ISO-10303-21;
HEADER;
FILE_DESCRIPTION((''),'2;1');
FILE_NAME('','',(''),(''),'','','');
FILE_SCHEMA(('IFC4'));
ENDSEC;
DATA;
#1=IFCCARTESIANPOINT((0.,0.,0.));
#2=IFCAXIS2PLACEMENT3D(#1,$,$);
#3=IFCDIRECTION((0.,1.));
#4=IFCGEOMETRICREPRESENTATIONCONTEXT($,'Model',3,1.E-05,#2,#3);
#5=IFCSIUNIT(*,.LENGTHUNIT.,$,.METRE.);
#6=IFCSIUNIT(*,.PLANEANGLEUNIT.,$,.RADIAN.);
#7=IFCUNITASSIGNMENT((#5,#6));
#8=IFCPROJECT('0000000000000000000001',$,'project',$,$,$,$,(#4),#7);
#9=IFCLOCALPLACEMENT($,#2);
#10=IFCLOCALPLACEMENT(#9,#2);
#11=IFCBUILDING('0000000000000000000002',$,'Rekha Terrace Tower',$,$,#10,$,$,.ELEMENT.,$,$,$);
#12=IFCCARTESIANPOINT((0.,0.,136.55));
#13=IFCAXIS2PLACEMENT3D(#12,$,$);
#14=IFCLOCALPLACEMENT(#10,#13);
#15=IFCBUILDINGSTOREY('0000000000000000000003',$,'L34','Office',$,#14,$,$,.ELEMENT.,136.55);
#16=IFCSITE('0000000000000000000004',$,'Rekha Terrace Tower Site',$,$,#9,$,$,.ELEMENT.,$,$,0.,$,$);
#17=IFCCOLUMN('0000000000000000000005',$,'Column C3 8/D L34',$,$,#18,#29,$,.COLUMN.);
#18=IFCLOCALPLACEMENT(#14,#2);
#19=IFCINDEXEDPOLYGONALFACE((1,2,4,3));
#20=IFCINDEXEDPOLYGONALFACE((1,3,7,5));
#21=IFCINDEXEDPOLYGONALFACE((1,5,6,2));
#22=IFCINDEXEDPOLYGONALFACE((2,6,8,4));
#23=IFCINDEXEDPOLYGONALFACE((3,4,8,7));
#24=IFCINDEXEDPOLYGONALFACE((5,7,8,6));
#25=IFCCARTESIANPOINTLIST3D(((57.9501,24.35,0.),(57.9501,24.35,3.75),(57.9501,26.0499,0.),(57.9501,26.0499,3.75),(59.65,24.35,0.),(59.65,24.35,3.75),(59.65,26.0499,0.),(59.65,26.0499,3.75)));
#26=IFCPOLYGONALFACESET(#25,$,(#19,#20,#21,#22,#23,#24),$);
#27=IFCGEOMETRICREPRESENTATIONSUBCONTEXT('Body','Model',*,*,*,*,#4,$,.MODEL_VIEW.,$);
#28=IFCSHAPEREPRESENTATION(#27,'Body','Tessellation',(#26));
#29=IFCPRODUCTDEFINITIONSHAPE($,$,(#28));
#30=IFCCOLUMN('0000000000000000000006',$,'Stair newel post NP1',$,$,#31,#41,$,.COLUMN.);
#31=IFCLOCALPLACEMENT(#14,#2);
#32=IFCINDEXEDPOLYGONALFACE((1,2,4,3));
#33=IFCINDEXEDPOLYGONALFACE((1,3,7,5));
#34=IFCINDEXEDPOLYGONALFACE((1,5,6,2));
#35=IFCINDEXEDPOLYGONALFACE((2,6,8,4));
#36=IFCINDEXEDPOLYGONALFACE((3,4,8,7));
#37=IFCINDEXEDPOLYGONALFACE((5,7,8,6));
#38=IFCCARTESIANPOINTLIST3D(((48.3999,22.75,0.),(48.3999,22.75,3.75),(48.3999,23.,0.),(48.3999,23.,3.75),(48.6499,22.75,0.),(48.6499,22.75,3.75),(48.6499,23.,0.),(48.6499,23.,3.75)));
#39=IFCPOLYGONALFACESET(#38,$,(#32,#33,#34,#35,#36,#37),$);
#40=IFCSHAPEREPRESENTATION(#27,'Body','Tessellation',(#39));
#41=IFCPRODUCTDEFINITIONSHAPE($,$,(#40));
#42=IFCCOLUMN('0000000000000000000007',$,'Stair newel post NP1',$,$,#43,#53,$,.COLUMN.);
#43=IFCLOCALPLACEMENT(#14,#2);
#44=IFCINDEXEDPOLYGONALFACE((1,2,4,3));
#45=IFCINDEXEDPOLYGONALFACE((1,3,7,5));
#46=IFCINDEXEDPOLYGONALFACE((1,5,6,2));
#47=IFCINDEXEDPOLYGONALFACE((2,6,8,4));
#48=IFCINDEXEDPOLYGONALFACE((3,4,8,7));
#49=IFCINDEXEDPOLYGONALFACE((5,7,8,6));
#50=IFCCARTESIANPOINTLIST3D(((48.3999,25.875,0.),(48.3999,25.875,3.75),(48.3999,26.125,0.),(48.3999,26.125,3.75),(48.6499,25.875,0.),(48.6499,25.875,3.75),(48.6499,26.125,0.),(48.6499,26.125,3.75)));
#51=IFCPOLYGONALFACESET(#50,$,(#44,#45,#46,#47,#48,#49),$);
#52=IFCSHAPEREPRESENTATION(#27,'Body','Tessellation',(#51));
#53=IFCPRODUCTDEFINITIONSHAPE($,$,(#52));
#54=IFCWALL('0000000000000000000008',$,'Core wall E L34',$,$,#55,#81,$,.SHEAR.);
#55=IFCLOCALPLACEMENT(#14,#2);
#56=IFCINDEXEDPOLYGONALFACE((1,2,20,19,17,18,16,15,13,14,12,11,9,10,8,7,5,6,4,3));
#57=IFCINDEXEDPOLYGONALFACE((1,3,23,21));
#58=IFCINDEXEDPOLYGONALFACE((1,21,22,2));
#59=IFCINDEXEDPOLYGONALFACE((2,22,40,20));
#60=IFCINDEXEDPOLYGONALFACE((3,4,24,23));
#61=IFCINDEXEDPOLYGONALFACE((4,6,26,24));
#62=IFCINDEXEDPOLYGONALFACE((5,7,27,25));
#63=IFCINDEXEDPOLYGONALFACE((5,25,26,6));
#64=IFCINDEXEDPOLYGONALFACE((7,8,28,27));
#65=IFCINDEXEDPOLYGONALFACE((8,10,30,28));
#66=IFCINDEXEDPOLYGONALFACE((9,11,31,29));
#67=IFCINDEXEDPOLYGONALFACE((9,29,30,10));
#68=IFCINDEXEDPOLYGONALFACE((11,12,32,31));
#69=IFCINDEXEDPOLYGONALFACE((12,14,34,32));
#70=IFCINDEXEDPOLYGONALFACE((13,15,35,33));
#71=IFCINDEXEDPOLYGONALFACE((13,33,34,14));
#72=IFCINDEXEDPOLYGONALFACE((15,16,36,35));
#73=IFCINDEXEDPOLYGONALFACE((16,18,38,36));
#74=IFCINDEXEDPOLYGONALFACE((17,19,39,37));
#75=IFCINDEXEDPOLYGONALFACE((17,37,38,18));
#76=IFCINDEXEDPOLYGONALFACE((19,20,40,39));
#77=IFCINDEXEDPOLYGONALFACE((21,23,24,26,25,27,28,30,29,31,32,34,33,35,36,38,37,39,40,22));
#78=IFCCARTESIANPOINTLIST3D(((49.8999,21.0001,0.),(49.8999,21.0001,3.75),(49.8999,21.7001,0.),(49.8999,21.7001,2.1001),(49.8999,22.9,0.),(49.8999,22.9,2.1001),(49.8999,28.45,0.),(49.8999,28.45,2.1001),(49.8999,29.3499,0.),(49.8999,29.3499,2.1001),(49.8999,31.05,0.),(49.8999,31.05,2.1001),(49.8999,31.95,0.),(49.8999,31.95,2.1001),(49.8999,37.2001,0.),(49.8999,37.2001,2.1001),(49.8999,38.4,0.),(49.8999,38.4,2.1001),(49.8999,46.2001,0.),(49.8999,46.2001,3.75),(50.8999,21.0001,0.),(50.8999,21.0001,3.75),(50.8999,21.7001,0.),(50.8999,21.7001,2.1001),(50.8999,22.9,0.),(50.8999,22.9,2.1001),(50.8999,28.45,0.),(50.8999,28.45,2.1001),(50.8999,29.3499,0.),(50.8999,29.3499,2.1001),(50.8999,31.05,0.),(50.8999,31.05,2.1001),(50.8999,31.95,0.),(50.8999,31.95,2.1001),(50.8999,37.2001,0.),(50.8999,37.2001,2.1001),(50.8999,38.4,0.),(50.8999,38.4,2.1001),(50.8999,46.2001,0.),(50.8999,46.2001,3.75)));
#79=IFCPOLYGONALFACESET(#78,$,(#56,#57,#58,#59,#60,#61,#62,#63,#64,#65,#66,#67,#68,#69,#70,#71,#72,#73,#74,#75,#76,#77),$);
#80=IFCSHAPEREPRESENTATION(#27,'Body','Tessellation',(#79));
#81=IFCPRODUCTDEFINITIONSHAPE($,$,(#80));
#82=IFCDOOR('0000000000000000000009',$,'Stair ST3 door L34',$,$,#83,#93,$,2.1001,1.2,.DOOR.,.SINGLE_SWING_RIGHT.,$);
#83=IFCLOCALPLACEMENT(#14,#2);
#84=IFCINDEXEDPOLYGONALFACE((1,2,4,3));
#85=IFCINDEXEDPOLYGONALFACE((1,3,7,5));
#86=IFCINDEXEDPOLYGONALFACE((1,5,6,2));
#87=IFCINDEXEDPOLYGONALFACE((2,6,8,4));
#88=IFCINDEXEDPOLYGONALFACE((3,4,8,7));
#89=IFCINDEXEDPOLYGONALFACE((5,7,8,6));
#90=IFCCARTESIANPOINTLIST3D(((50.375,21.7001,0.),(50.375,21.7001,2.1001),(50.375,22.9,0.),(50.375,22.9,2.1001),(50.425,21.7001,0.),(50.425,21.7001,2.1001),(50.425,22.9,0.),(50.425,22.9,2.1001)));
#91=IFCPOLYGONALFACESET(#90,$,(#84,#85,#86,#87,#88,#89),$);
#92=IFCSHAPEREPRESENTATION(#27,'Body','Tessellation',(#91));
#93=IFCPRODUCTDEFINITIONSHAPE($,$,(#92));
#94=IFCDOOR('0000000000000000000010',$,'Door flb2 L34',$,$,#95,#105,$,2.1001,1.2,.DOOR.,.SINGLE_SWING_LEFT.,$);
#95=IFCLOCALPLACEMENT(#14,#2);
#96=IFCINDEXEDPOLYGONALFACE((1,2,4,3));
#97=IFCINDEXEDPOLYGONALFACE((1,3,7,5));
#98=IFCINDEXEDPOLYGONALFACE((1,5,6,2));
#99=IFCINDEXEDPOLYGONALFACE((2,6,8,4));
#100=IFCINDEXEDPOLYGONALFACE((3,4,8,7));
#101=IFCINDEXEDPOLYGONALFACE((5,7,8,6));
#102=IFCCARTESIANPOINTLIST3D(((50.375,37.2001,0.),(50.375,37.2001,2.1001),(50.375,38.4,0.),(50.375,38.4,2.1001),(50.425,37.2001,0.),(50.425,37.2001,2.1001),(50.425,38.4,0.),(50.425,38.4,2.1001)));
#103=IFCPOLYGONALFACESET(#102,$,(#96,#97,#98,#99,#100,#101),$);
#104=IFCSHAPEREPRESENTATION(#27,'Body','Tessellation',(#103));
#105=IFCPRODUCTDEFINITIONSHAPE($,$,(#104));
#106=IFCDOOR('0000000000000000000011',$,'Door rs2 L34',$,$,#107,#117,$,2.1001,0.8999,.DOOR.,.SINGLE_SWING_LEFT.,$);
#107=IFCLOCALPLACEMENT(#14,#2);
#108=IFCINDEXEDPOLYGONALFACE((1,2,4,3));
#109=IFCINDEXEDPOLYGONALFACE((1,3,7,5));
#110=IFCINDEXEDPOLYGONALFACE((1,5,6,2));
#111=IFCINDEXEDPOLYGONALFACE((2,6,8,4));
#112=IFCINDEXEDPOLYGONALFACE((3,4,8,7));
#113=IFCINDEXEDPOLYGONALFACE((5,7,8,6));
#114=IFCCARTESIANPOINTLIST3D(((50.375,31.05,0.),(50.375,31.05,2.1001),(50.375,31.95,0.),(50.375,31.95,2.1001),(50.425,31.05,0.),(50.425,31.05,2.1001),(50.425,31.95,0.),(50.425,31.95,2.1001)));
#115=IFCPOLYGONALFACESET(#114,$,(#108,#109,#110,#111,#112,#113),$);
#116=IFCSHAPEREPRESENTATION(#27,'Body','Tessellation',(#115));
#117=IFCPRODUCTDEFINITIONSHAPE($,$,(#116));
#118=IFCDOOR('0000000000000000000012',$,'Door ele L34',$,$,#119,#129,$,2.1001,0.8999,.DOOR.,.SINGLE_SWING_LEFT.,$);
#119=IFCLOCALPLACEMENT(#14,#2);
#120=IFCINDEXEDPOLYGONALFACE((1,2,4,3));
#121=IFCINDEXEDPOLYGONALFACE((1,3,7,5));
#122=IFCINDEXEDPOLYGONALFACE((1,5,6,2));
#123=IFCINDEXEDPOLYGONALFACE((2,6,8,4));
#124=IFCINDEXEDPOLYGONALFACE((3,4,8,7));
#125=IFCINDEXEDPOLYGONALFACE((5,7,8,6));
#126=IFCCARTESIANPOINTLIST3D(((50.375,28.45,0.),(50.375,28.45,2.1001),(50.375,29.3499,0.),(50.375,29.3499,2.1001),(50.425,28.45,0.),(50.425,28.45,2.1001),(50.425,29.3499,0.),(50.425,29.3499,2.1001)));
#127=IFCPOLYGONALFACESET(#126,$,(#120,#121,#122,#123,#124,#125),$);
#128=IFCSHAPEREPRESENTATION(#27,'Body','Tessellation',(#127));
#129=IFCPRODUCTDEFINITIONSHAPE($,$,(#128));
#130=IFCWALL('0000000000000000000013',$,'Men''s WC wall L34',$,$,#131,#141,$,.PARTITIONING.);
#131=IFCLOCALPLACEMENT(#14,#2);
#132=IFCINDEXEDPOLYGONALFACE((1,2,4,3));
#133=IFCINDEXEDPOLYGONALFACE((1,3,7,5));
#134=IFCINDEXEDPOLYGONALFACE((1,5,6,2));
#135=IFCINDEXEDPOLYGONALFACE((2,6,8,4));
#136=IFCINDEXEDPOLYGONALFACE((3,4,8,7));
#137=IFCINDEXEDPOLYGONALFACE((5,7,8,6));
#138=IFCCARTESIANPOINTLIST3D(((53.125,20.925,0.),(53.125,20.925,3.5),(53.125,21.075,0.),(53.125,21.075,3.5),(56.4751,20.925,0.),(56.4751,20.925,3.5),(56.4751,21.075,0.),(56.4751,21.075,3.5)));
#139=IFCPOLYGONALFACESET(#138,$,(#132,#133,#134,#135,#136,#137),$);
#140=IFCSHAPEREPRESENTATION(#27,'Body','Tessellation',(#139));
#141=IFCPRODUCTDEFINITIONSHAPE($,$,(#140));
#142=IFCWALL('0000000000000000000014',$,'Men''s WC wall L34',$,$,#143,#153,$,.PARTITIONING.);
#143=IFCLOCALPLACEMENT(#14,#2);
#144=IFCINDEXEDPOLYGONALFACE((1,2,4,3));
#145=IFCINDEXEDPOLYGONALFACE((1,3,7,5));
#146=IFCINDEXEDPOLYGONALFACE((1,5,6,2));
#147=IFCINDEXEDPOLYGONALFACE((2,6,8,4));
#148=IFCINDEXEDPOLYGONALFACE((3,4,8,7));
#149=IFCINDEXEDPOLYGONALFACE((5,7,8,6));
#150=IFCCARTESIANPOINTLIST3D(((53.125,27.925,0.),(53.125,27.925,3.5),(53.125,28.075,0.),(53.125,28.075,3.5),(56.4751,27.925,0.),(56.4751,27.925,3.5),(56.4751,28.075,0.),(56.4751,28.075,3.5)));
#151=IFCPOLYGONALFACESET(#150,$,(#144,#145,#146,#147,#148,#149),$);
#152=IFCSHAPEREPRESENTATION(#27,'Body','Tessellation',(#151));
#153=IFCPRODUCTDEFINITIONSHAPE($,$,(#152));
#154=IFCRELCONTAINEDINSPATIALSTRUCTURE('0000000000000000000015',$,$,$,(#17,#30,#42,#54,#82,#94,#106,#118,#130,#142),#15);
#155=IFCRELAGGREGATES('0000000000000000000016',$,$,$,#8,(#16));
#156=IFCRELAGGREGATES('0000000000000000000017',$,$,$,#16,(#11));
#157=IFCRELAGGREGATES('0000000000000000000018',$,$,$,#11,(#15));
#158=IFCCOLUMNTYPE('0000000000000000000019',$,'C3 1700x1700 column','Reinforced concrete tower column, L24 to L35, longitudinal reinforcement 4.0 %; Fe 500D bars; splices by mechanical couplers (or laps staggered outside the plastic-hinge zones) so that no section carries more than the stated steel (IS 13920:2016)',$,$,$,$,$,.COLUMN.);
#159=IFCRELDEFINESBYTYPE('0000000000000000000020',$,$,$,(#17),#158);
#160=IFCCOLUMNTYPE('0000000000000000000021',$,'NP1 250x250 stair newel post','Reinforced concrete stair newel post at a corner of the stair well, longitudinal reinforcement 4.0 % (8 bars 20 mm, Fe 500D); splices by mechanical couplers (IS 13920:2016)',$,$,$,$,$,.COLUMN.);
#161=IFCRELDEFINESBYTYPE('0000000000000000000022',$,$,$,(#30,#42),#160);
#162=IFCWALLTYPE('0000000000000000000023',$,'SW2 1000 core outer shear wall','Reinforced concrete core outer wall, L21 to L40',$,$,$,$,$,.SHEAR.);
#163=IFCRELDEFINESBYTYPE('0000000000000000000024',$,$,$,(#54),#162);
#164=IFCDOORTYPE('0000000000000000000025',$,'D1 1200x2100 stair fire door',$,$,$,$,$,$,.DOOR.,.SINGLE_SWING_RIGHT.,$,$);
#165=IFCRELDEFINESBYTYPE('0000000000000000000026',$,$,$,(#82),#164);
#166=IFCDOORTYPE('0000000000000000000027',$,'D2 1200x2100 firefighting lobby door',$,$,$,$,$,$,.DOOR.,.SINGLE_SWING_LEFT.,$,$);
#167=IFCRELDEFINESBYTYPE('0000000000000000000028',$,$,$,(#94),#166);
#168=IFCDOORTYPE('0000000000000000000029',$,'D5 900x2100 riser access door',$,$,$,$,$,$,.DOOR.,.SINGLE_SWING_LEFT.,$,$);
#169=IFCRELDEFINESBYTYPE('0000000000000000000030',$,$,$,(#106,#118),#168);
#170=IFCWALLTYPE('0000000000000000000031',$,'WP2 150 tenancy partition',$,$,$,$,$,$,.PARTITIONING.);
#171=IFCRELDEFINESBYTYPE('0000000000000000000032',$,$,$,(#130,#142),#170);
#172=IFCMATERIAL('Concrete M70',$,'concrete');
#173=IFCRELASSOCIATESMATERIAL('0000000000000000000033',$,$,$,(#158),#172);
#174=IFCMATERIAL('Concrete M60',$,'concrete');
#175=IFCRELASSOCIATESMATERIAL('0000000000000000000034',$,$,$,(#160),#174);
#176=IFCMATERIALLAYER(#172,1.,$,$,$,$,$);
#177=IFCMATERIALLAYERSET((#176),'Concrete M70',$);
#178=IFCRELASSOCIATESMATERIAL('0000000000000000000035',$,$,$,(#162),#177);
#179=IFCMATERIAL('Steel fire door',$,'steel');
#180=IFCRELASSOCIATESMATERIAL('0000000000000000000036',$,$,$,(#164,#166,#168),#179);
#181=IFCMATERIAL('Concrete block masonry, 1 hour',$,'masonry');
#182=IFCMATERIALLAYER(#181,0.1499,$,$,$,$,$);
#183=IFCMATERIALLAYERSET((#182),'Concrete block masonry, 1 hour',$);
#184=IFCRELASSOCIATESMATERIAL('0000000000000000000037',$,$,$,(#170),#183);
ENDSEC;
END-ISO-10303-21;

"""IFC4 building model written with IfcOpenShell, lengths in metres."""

from ifc_helpers import new_model, si_unit, direction, frame, frame_2d, origin, origin_2d, place, context, subcontext, project, spatial, rectangle, extrude, material, layer, layer_set, material_profile, profile_set, type_object, element, fill, save


model = new_model("IFC4")

# Units and contexts
model_context = context("Model", 3, precision=1e-05, world=origin(), true_north=direction((0.0, 1.0)))
body_context = subcontext(model_context, "Body", "Model", "MODEL_VIEW")
ifc_project = project(units=[si_unit("LENGTHUNIT", "METRE"), si_unit("PLANEANGLEUNIT", "RADIAN")], contexts=[model_context])

# Site, building, storey
site_placement = place(None, origin())
site = spatial("IfcSite", under=ifc_project, at=site_placement, Name="Rekha Terrace Tower Site", CompositionType="ELEMENT", RefElevation=0.0)
building_placement = place(site_placement, origin())
building = spatial("IfcBuilding", under=site, at=building_placement, Name="Rekha Terrace Tower", CompositionType="ELEMENT")
storey_placement = place(building_placement, frame((0.0, 0.0, 136.55)))
storey = spatial("IfcBuildingStorey", under=building, at=storey_placement, Name="L34", Description="Office", CompositionType="ELEMENT", Elevation=136.55)

# Columns
ifc_material_1 = material(Name="Concrete M70", Category="concrete")
ifc_material_profile_1 = material_profile(ifc_material_1, rectangle(XDim=1.7, YDim=1.7, at=origin_2d()), Name="RC 1700x1700")
ifc_profile_set_1 = profile_set([ifc_material_profile_1], Name="Concrete M70")
column_type_1 = type_object("IfcColumnType", Name="C3 1700x1700 column", Description="Reinforced concrete tower column, L24 to L35, longitudinal reinforcement 4.0 %; Fe 500D bars; splices by mechanical couplers (or laps staggered outside the plastic-hinge zones) so that no section carries more than the stated steel (IS 13920:2016)", PredefinedType="COLUMN", material=ifc_profile_set_1)
column_placement = place(storey_placement, frame((58.8, 25.2, 0.0), z_axis=(0.0, 0.0, 1.0), x_axis=(1.0, 0.0, 0.0)))
element("IfcColumn", 1, at=column_placement, inside=storey, type_object=column_type_1, Name="Column C3 8/D L34", PredefinedType="COLUMN", context=body_context, shape_type="SweptSolid", body=[
    extrude(rectangle(XDim=1.7, YDim=1.7, at=origin_2d()), origin(), (0.0, 0.0, 1.0), 3.75),
])
ifc_material_2 = material(Name="Concrete M60", Category="concrete")
ifc_material_profile_2 = material_profile(ifc_material_2, rectangle(XDim=0.25, YDim=0.25, at=origin_2d()), Name="RC 250x250")
ifc_profile_set_2 = profile_set([ifc_material_profile_2], Name="Concrete M60")
column_type_2 = type_object("IfcColumnType", Name="NP1 250x250 stair newel post", Description="Reinforced concrete stair newel post at a corner of the stair well, longitudinal reinforcement 4.0 % (8 bars 20 mm, Fe 500D); splices by mechanical couplers (IS 13920:2016)", PredefinedType="COLUMN", material=ifc_profile_set_2)
for number, where, z_axis, x_axis, name in (
    (2, (48.5249, 22.875, 0.0), (0.0, 0.0, 1.0), (1.0, 0.0, 0.0), "Stair newel post NP1"),
    (3, (48.5249, 26.0, 0.0), (0.0, 0.0, 1.0), (1.0, 0.0, 0.0), "Stair newel post NP1"),
):
    element("IfcColumn", number, at=place(storey_placement, frame(where, z_axis=z_axis, x_axis=x_axis)), inside=storey, type_object=column_type_2, Name=name, PredefinedType="COLUMN", context=body_context, shape_type="SweptSolid", body=[
        extrude(rectangle(XDim=0.25, YDim=0.25, at=origin_2d()), origin(), (0.0, 0.0, 1.0), 3.75),
    ])

# Wall, openings, doors
ifc_layer_1 = layer(ifc_material_1, 1.0)
ifc_layer_set_1 = layer_set([ifc_layer_1], Name="Concrete M70")
wall_type_1 = type_object("IfcWallType", Name="SW2 1000 core outer shear wall", Description="Reinforced concrete core outer wall, L21 to L40", PredefinedType="SHEAR", material=ifc_layer_set_1)
wall_1_placement = place(storey_placement, frame((50.3999, 21.0, 0.0), z_axis=(0.0, 0.0, 1.0), x_axis=(0.0, 1.0, 0.0)))
wall_1 = element("IfcWall", 4, at=wall_1_placement, inside=storey, type_object=wall_type_1, Name="Core wall E L34", PredefinedType="SHEAR", context=body_context, shape_type="SweptSolid", body=[
    extrude(rectangle(XDim=25.2, YDim=1.0, at=frame_2d((12.6001, 0.0))), origin(), (0.0, 0.0, 1.0), 3.75),
])
opening_1_placement = place(wall_1_placement, frame((16.2, 0.0, 0.0)))
opening_1 = element("IfcOpeningElement", 5, at=opening_1_placement, cuts=wall_1, PredefinedType="OPENING", context=body_context, shape_type="SweptSolid", body=[
    extrude(rectangle(XDim=1.2, YDim=2.1001, at=frame_2d((0.6001, 1.05))), frame((0.0, 0.51, 0.0), z_axis=(0.0, -1.0, 0.0), x_axis=(1.0, 0.0, 0.0)), (0.0, 0.0, 1.0), 1.02),
])
opening_2_placement = place(wall_1_placement, frame((10.05, 0.0, 0.0)))
opening_2 = element("IfcOpeningElement", 6, at=opening_2_placement, cuts=wall_1, PredefinedType="OPENING", context=body_context, shape_type="SweptSolid", body=[
    extrude(rectangle(XDim=0.8999, YDim=2.1001, at=frame_2d((0.45, 1.05))), frame((0.0, 0.51, 0.0), z_axis=(0.0, -1.0, 0.0), x_axis=(1.0, 0.0, 0.0)), (0.0, 0.0, 1.0), 1.02),
])
opening_3_placement = place(wall_1_placement, frame((7.45, 0.0, 0.0)))
opening_3 = element("IfcOpeningElement", 7, at=opening_3_placement, cuts=wall_1, PredefinedType="OPENING", context=body_context, shape_type="SweptSolid", body=[
    extrude(rectangle(XDim=0.8999, YDim=2.1001, at=frame_2d((0.45, 1.05))), frame((0.0, 0.51, 0.0), z_axis=(0.0, -1.0, 0.0), x_axis=(1.0, 0.0, 0.0)), (0.0, 0.0, 1.0), 1.02),
])
opening_4_placement = place(wall_1_placement, frame((0.7, 0.0, 0.0)))
opening_4 = element("IfcOpeningElement", 8, at=opening_4_placement, cuts=wall_1, PredefinedType="OPENING", context=body_context, shape_type="SweptSolid", body=[
    extrude(rectangle(XDim=1.2, YDim=2.1001, at=frame_2d((0.6001, 1.05))), frame((0.0, 0.51, 0.0), z_axis=(0.0, -1.0, 0.0), x_axis=(1.0, 0.0, 0.0)), (0.0, 0.0, 1.0), 1.02),
])
ifc_material_3 = material(Name="Steel fire door", Category="steel")
door_type_1 = type_object("IfcDoorType", Name="D1 1200x2100 stair fire door", OperationType="SINGLE_SWING_RIGHT", PredefinedType="DOOR", material=ifc_material_3)
door_1_placement = place(opening_4_placement, origin())
door_1 = element("IfcDoor", 9, at=door_1_placement, inside=storey, type_object=door_type_1, Name="Stair ST3 door L34", OperationType="SINGLE_SWING_RIGHT", OverallHeight=2.1001, OverallWidth=1.2, PredefinedType="DOOR", context=body_context, shape_type="SweptSolid", body=[
    extrude(rectangle(XDim=1.2, YDim=2.1001, at=frame_2d((0.6001, 1.05))), frame((0.0, 0.0249, 0.0), z_axis=(0.0, -1.0, 0.0), x_axis=(1.0, 0.0, 0.0)), (0.0, 0.0, 1.0), 0.05),
])
fill(opening_4, door_1)
door_type_2 = type_object("IfcDoorType", Name="D2 1200x2100 firefighting lobby door", OperationType="SINGLE_SWING_LEFT", PredefinedType="DOOR", material=ifc_material_3)
door_2_placement = place(opening_1_placement, origin())
door_2 = element("IfcDoor", 10, at=door_2_placement, inside=storey, type_object=door_type_2, Name="Door flb2 L34", OperationType="SINGLE_SWING_LEFT", OverallHeight=2.1001, OverallWidth=1.2, PredefinedType="DOOR", context=body_context, shape_type="SweptSolid", body=[
    extrude(rectangle(XDim=1.2, YDim=2.1001, at=frame_2d((0.6001, 1.05))), frame((0.0, 0.0249, 0.0), z_axis=(0.0, -1.0, 0.0), x_axis=(1.0, 0.0, 0.0)), (0.0, 0.0, 1.0), 0.05),
])
fill(opening_1, door_2)
door_type_3 = type_object("IfcDoorType", Name="D5 900x2100 riser access door", OperationType="SINGLE_SWING_LEFT", PredefinedType="DOOR", material=ifc_material_3)
door_3_placement = place(opening_2_placement, origin())
door_3 = element("IfcDoor", 11, at=door_3_placement, inside=storey, type_object=door_type_3, Name="Door rs2 L34", OperationType="SINGLE_SWING_LEFT", OverallHeight=2.1001, OverallWidth=0.8999, PredefinedType="DOOR", context=body_context, shape_type="SweptSolid", body=[
    extrude(rectangle(XDim=0.8999, YDim=2.1001, at=frame_2d((0.45, 1.05))), frame((0.0, 0.0249, 0.0), z_axis=(0.0, -1.0, 0.0), x_axis=(1.0, 0.0, 0.0)), (0.0, 0.0, 1.0), 0.05),
])
fill(opening_2, door_3)
door_4_placement = place(opening_3_placement, origin())
door_4 = element("IfcDoor", 12, at=door_4_placement, inside=storey, type_object=door_type_3, Name="Door ele L34", OperationType="SINGLE_SWING_LEFT", OverallHeight=2.1001, OverallWidth=0.8999, PredefinedType="DOOR", context=body_context, shape_type="SweptSolid", body=[
    extrude(rectangle(XDim=0.8999, YDim=2.1001, at=frame_2d((0.45, 1.05))), frame((0.0, 0.0249, 0.0), z_axis=(0.0, -1.0, 0.0), x_axis=(1.0, 0.0, 0.0)), (0.0, 0.0, 1.0), 0.05),
])
fill(opening_3, door_4)

# Walls
ifc_material_4 = material(Name="Concrete block masonry, 1 hour", Category="masonry")
ifc_layer_2 = layer(ifc_material_4, 0.1499)
ifc_layer_set_2 = layer_set([ifc_layer_2], Name="Concrete block masonry, 1 hour")
wall_type_2 = type_object("IfcWallType", Name="WP2 150 tenancy partition", PredefinedType="PARTITIONING", material=ifc_layer_set_2)
for number, where, z_axis, x_axis, name in (
    (13, (53.125, 21.0, 0.0), (0.0, 0.0, 1.0), (1.0, 0.0, 0.0), "Men's WC wall L34"),
    (14, (53.125, 28.0, 0.0), (0.0, 0.0, 1.0), (1.0, 0.0, 0.0), "Men's WC wall L34"),
):
    element("IfcWall", number, at=place(storey_placement, frame(where, z_axis=z_axis, x_axis=x_axis)), inside=storey, type_object=wall_type_2, Name=name, PredefinedType="PARTITIONING", context=body_context, shape_type="SweptSolid", body=[
        extrude(rectangle(XDim=3.3501, YDim=0.1499, at=frame_2d((1.675, 0.0))), origin(), (0.0, 0.0, 1.0), 3.5),
    ])

save(model, "model.ifc")
